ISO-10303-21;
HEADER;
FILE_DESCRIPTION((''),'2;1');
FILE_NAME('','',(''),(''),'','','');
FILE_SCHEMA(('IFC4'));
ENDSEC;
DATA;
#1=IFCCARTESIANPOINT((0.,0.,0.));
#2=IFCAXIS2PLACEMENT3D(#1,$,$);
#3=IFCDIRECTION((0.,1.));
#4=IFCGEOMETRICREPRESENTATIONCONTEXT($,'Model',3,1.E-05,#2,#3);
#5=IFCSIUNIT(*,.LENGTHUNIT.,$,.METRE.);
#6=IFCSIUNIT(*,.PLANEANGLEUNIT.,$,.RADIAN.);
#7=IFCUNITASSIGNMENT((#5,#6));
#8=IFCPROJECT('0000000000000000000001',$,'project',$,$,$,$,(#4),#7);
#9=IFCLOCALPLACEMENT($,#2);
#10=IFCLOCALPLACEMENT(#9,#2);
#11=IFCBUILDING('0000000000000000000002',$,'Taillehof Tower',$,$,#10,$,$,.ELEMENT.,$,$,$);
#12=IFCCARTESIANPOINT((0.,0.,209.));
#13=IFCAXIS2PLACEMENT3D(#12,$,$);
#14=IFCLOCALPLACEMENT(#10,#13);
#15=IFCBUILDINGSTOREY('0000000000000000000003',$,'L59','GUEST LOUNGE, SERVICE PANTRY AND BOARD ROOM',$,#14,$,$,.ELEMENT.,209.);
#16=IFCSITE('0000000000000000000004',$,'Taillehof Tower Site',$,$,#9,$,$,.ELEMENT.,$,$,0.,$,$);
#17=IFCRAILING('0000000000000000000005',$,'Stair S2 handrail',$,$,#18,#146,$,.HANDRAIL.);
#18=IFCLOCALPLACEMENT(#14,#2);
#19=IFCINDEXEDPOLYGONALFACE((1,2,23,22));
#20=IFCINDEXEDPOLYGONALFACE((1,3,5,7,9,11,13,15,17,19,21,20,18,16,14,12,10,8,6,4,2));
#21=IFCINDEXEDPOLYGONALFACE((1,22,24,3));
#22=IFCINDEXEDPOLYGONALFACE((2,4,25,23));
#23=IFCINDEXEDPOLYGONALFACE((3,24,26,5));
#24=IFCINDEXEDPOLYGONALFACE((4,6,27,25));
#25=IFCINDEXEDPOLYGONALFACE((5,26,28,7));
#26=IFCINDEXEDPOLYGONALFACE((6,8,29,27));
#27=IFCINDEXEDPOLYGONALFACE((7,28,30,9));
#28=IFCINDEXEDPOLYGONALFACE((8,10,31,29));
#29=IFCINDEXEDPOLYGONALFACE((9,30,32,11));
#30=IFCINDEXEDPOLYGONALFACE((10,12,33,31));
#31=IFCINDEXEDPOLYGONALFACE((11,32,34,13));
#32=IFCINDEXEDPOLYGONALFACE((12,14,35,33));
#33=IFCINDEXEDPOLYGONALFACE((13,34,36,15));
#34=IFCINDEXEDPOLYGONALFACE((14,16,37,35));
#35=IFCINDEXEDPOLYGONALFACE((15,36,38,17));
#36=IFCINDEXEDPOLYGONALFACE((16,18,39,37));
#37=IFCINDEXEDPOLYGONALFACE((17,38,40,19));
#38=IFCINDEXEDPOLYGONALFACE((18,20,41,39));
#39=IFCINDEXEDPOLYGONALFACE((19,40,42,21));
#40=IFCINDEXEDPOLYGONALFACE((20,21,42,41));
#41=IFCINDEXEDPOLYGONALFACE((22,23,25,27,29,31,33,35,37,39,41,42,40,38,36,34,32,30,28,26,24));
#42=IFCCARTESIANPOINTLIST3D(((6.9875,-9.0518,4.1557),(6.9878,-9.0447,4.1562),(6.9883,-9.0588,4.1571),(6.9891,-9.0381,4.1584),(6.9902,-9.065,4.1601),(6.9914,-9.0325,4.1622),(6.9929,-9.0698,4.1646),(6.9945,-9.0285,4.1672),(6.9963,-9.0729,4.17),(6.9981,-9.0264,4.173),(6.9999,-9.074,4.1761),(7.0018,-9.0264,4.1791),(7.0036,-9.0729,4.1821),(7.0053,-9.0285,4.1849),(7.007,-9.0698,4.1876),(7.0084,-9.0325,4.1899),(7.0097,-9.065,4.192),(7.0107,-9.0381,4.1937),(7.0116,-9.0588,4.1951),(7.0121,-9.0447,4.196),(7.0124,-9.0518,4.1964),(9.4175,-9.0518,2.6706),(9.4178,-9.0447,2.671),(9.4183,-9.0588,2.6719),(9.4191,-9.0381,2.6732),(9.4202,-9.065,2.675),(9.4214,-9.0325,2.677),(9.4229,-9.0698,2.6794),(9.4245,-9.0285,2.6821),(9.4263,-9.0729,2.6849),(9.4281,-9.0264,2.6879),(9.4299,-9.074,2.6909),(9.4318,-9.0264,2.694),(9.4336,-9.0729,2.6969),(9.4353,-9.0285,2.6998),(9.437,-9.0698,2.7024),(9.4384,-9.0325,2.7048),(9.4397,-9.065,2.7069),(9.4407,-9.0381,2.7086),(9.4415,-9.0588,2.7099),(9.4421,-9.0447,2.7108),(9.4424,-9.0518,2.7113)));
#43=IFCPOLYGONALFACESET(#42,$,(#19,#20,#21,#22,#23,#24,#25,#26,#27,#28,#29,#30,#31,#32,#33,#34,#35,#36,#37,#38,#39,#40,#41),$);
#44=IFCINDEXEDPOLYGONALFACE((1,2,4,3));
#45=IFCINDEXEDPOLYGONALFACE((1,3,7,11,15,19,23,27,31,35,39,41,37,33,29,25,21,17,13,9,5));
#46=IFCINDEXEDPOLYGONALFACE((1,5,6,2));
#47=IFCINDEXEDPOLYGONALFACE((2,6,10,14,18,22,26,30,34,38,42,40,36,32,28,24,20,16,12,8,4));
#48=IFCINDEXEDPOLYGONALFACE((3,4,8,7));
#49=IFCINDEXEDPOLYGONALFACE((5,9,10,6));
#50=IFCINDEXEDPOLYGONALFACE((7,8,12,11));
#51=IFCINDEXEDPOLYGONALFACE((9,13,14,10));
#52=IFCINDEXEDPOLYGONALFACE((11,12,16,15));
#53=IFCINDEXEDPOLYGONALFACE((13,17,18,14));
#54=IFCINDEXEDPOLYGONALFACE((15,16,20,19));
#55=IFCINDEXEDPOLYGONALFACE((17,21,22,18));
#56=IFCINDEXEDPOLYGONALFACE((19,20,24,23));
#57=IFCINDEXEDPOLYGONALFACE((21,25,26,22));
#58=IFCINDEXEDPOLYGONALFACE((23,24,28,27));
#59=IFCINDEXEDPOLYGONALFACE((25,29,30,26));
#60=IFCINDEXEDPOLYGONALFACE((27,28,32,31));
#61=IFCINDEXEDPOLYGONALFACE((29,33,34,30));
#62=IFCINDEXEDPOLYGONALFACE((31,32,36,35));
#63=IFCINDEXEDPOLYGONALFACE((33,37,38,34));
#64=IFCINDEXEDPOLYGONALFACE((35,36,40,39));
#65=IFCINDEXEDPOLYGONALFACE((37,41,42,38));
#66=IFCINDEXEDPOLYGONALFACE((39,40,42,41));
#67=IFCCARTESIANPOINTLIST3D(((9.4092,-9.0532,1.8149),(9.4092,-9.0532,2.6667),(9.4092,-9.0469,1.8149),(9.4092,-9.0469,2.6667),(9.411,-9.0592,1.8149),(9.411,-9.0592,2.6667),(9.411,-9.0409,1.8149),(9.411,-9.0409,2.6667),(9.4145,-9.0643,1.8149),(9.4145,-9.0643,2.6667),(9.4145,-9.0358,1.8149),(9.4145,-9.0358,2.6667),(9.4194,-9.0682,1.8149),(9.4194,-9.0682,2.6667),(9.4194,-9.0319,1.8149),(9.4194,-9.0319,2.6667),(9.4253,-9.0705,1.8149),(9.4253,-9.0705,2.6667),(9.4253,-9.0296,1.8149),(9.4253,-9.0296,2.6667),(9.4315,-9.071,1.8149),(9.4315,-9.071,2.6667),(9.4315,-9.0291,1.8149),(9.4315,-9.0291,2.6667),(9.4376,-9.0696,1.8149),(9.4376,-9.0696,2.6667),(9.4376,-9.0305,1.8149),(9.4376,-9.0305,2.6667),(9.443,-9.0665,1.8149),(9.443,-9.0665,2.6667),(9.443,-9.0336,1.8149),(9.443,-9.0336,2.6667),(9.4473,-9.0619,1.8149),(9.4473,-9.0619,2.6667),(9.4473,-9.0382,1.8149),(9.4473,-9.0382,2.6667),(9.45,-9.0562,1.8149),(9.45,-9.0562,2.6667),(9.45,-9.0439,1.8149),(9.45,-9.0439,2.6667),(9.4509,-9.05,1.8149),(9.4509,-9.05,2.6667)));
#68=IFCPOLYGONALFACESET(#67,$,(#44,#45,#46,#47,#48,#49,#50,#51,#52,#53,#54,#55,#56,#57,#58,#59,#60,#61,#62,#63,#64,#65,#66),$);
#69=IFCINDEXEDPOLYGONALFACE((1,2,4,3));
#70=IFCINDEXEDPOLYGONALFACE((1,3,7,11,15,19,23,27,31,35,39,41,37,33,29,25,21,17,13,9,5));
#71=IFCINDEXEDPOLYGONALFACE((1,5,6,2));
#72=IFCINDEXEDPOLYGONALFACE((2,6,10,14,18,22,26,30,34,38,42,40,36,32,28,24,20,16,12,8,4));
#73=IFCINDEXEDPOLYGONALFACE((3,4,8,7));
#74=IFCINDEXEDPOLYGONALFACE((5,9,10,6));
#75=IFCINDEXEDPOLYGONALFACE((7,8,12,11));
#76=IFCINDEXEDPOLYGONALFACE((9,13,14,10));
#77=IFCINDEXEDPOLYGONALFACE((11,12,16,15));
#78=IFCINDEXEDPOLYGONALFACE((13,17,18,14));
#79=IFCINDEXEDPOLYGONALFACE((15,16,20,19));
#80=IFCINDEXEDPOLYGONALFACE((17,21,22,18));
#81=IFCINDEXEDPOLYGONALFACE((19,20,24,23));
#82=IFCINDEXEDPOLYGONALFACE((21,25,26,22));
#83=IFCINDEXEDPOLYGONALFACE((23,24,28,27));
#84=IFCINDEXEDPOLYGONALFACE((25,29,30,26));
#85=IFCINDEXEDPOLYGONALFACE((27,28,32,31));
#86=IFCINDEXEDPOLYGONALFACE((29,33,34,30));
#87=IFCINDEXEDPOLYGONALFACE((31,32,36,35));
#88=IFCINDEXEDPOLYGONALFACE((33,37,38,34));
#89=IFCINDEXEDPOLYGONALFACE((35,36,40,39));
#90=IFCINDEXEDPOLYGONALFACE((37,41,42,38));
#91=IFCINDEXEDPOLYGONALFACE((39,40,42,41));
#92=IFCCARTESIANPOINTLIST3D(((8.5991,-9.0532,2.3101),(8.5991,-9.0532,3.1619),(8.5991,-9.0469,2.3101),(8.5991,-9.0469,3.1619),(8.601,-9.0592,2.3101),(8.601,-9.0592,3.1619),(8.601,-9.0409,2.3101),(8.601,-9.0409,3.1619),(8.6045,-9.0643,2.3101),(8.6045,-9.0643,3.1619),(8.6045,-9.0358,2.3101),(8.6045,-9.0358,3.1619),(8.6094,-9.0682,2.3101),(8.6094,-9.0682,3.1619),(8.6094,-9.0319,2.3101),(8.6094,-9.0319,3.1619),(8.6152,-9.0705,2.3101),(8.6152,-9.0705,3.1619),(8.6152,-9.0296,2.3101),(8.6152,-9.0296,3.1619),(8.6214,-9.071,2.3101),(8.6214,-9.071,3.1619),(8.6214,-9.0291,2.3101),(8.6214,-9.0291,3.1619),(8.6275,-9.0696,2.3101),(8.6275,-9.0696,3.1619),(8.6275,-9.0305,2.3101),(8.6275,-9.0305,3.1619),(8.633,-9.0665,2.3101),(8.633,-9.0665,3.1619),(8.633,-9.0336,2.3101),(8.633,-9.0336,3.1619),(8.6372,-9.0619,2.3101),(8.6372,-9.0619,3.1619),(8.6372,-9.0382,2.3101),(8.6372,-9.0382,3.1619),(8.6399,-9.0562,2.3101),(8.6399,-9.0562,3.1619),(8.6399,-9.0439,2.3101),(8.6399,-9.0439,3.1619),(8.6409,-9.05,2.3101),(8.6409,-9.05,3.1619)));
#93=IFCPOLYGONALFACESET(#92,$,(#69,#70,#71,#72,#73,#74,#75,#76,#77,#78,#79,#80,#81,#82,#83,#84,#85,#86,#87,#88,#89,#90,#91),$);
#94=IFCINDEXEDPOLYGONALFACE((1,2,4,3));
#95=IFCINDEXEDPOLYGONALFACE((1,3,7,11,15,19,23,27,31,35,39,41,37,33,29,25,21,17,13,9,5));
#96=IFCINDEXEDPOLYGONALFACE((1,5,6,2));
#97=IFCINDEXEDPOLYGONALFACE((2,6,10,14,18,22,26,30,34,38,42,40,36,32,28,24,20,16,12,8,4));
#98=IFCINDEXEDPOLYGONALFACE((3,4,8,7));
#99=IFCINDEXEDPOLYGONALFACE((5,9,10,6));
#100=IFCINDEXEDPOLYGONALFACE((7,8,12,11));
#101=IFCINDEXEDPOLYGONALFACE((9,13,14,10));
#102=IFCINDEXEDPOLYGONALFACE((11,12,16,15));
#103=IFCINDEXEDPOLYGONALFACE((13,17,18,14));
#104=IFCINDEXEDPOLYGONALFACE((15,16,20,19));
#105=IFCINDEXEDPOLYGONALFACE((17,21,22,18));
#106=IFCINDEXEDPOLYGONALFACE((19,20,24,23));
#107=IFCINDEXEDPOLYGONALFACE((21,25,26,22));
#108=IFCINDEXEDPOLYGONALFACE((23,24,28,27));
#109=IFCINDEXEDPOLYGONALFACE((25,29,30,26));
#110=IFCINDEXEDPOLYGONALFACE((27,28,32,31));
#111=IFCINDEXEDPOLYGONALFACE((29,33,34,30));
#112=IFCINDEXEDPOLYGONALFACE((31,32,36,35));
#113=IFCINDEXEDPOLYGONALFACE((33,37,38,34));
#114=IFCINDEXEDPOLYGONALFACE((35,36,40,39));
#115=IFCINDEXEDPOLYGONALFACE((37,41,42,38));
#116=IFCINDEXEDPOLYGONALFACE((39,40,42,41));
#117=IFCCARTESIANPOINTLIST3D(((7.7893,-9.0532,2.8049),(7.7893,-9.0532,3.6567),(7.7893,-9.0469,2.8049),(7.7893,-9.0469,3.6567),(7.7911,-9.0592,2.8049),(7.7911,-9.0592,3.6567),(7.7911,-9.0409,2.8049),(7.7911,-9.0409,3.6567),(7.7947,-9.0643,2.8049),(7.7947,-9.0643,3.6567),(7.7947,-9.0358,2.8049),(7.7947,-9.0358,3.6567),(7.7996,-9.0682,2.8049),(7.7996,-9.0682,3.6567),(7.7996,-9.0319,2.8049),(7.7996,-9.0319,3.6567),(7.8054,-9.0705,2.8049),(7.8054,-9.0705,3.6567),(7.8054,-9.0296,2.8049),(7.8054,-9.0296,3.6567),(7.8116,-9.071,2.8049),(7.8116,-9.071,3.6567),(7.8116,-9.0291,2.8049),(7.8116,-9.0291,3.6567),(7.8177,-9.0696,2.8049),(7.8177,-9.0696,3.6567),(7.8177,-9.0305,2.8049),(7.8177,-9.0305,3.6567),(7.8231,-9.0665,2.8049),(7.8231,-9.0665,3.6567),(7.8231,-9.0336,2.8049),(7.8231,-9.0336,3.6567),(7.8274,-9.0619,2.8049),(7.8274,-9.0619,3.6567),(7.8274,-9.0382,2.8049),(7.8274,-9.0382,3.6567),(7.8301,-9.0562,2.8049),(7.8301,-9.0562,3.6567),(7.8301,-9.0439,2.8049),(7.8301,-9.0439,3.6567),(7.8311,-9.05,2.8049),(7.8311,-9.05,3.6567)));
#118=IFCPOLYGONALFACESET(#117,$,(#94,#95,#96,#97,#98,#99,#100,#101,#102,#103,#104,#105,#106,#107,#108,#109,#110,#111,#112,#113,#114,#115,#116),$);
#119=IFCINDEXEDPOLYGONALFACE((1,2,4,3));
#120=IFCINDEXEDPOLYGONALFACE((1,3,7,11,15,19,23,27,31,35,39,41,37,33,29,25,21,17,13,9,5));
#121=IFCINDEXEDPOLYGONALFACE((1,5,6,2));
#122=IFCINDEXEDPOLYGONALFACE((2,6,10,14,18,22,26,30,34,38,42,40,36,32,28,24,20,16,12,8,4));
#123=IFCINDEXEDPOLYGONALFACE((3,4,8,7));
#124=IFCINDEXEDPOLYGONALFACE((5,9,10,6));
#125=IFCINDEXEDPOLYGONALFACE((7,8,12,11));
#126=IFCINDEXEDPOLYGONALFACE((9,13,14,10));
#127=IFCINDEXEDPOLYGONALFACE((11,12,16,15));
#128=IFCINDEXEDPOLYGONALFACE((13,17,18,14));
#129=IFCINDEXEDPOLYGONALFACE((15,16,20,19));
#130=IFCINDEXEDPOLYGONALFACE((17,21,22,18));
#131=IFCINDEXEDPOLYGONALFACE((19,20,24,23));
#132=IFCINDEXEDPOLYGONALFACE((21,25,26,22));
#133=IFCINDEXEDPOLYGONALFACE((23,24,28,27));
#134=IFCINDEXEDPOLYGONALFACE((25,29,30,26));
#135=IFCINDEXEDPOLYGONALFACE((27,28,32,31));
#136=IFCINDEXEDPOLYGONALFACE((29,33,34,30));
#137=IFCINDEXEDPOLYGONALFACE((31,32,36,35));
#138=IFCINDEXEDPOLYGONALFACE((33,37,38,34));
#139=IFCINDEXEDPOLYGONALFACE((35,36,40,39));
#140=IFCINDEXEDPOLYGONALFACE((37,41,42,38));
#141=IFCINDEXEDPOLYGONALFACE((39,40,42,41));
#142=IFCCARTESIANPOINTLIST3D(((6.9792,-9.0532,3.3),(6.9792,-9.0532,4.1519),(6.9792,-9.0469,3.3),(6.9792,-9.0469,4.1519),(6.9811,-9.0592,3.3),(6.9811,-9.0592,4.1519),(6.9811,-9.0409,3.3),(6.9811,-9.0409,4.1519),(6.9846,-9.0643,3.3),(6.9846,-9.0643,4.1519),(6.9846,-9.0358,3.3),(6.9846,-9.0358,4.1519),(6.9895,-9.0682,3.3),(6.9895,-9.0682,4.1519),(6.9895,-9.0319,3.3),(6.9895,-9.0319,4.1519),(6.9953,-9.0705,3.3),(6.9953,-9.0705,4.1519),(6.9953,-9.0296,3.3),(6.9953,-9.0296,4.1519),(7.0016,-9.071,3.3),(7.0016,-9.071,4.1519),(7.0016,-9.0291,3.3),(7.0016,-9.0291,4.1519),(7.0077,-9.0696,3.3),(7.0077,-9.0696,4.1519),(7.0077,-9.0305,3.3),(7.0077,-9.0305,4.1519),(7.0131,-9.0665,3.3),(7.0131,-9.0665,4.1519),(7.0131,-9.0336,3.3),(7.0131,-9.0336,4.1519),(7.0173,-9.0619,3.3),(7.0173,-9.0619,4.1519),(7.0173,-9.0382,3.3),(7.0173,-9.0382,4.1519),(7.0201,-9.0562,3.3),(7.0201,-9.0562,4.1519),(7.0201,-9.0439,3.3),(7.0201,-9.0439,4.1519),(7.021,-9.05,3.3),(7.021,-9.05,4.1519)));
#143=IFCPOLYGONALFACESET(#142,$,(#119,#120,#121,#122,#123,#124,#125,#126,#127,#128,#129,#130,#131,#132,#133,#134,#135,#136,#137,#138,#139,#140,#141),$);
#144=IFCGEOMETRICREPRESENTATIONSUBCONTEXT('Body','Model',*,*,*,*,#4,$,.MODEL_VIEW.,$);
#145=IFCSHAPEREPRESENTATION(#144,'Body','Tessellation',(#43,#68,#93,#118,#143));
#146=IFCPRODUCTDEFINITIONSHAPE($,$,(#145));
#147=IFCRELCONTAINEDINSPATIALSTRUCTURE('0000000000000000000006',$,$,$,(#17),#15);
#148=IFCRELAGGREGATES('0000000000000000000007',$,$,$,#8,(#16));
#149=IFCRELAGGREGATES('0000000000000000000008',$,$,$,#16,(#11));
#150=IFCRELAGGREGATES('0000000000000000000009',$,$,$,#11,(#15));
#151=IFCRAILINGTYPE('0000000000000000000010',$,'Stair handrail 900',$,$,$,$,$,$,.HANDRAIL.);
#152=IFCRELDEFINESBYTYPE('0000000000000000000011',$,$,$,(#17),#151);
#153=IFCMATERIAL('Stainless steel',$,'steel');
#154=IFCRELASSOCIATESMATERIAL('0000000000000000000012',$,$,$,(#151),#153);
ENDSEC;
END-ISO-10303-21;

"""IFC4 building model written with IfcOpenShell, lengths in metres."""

from ifc_helpers import new_model, si_unit, direction, frame, origin, origin_2d, place, context, subcontext, project, spatial, circle, extrude, material, type_object, element, save


model = new_model("IFC4")

# Units and contexts
model_context = context("Model", 3, precision=1e-05, world=origin(), true_north=direction((0.0, 1.0)))
body_context = subcontext(model_context, "Body", "Model", "MODEL_VIEW")
ifc_project = project(units=[si_unit("LENGTHUNIT", "METRE"), si_unit("PLANEANGLEUNIT", "RADIAN")], contexts=[model_context])

# Site, building, storey
site_placement = place(None, origin())
site = spatial("IfcSite", under=ifc_project, at=site_placement, Name="Taillehof Tower Site", CompositionType="ELEMENT", RefElevation=0.0)
building_placement = place(site_placement, origin())
building = spatial("IfcBuilding", under=site, at=building_placement, Name="Taillehof Tower", CompositionType="ELEMENT")
storey_placement = place(building_placement, frame((0.0, 0.0, 209.0)))
storey = spatial("IfcBuildingStorey", under=building, at=storey_placement, Name="L59", Description="GUEST LOUNGE, SERVICE PANTRY AND BOARD ROOM", CompositionType="ELEMENT", Elevation=209.0)

# Railing
ifc_material_1 = material(Name="Stainless steel", Category="steel")
railing_type = type_object("IfcRailingType", Name="Stair handrail 900", PredefinedType="HANDRAIL", material=ifc_material_1)
railing_placement = place(storey_placement, frame((9.4299, -9.05, 1.8149)))
element("IfcRailing", 1, at=railing_placement, inside=storey, type_object=railing_type, Name="Stair S2 handrail", PredefinedType="HANDRAIL", context=body_context, shape_type="SweptSolid", body=[
    extrude(circle(Radius=0.0239, at=origin_2d()), frame((0.0, 0.0, 0.876), z_axis=(-0.853259, 0.0, 0.521488), x_axis=(0.0, -1.0, 0.0)), (0.0, 0.0, 1.0), 2.8479),
    extrude(circle(Radius=0.021, at=origin_2d()), origin(), (0.0, 0.0, 1.0), 0.8518),
    extrude(circle(Radius=0.021, at=origin_2d()), frame((-0.8101, 0.0, 0.4951)), (0.0, 0.0, 1.0), 0.8518),
    extrude(circle(Radius=0.021, at=origin_2d()), frame((-1.6199, 0.0, 0.99)), (0.0, 0.0, 1.0), 0.8518),
    extrude(circle(Radius=0.021, at=origin_2d()), frame((-2.4299, 0.0, 1.4851)), (0.0, 0.0, 1.0), 0.8518),
])

save(model, "model.ifc")
